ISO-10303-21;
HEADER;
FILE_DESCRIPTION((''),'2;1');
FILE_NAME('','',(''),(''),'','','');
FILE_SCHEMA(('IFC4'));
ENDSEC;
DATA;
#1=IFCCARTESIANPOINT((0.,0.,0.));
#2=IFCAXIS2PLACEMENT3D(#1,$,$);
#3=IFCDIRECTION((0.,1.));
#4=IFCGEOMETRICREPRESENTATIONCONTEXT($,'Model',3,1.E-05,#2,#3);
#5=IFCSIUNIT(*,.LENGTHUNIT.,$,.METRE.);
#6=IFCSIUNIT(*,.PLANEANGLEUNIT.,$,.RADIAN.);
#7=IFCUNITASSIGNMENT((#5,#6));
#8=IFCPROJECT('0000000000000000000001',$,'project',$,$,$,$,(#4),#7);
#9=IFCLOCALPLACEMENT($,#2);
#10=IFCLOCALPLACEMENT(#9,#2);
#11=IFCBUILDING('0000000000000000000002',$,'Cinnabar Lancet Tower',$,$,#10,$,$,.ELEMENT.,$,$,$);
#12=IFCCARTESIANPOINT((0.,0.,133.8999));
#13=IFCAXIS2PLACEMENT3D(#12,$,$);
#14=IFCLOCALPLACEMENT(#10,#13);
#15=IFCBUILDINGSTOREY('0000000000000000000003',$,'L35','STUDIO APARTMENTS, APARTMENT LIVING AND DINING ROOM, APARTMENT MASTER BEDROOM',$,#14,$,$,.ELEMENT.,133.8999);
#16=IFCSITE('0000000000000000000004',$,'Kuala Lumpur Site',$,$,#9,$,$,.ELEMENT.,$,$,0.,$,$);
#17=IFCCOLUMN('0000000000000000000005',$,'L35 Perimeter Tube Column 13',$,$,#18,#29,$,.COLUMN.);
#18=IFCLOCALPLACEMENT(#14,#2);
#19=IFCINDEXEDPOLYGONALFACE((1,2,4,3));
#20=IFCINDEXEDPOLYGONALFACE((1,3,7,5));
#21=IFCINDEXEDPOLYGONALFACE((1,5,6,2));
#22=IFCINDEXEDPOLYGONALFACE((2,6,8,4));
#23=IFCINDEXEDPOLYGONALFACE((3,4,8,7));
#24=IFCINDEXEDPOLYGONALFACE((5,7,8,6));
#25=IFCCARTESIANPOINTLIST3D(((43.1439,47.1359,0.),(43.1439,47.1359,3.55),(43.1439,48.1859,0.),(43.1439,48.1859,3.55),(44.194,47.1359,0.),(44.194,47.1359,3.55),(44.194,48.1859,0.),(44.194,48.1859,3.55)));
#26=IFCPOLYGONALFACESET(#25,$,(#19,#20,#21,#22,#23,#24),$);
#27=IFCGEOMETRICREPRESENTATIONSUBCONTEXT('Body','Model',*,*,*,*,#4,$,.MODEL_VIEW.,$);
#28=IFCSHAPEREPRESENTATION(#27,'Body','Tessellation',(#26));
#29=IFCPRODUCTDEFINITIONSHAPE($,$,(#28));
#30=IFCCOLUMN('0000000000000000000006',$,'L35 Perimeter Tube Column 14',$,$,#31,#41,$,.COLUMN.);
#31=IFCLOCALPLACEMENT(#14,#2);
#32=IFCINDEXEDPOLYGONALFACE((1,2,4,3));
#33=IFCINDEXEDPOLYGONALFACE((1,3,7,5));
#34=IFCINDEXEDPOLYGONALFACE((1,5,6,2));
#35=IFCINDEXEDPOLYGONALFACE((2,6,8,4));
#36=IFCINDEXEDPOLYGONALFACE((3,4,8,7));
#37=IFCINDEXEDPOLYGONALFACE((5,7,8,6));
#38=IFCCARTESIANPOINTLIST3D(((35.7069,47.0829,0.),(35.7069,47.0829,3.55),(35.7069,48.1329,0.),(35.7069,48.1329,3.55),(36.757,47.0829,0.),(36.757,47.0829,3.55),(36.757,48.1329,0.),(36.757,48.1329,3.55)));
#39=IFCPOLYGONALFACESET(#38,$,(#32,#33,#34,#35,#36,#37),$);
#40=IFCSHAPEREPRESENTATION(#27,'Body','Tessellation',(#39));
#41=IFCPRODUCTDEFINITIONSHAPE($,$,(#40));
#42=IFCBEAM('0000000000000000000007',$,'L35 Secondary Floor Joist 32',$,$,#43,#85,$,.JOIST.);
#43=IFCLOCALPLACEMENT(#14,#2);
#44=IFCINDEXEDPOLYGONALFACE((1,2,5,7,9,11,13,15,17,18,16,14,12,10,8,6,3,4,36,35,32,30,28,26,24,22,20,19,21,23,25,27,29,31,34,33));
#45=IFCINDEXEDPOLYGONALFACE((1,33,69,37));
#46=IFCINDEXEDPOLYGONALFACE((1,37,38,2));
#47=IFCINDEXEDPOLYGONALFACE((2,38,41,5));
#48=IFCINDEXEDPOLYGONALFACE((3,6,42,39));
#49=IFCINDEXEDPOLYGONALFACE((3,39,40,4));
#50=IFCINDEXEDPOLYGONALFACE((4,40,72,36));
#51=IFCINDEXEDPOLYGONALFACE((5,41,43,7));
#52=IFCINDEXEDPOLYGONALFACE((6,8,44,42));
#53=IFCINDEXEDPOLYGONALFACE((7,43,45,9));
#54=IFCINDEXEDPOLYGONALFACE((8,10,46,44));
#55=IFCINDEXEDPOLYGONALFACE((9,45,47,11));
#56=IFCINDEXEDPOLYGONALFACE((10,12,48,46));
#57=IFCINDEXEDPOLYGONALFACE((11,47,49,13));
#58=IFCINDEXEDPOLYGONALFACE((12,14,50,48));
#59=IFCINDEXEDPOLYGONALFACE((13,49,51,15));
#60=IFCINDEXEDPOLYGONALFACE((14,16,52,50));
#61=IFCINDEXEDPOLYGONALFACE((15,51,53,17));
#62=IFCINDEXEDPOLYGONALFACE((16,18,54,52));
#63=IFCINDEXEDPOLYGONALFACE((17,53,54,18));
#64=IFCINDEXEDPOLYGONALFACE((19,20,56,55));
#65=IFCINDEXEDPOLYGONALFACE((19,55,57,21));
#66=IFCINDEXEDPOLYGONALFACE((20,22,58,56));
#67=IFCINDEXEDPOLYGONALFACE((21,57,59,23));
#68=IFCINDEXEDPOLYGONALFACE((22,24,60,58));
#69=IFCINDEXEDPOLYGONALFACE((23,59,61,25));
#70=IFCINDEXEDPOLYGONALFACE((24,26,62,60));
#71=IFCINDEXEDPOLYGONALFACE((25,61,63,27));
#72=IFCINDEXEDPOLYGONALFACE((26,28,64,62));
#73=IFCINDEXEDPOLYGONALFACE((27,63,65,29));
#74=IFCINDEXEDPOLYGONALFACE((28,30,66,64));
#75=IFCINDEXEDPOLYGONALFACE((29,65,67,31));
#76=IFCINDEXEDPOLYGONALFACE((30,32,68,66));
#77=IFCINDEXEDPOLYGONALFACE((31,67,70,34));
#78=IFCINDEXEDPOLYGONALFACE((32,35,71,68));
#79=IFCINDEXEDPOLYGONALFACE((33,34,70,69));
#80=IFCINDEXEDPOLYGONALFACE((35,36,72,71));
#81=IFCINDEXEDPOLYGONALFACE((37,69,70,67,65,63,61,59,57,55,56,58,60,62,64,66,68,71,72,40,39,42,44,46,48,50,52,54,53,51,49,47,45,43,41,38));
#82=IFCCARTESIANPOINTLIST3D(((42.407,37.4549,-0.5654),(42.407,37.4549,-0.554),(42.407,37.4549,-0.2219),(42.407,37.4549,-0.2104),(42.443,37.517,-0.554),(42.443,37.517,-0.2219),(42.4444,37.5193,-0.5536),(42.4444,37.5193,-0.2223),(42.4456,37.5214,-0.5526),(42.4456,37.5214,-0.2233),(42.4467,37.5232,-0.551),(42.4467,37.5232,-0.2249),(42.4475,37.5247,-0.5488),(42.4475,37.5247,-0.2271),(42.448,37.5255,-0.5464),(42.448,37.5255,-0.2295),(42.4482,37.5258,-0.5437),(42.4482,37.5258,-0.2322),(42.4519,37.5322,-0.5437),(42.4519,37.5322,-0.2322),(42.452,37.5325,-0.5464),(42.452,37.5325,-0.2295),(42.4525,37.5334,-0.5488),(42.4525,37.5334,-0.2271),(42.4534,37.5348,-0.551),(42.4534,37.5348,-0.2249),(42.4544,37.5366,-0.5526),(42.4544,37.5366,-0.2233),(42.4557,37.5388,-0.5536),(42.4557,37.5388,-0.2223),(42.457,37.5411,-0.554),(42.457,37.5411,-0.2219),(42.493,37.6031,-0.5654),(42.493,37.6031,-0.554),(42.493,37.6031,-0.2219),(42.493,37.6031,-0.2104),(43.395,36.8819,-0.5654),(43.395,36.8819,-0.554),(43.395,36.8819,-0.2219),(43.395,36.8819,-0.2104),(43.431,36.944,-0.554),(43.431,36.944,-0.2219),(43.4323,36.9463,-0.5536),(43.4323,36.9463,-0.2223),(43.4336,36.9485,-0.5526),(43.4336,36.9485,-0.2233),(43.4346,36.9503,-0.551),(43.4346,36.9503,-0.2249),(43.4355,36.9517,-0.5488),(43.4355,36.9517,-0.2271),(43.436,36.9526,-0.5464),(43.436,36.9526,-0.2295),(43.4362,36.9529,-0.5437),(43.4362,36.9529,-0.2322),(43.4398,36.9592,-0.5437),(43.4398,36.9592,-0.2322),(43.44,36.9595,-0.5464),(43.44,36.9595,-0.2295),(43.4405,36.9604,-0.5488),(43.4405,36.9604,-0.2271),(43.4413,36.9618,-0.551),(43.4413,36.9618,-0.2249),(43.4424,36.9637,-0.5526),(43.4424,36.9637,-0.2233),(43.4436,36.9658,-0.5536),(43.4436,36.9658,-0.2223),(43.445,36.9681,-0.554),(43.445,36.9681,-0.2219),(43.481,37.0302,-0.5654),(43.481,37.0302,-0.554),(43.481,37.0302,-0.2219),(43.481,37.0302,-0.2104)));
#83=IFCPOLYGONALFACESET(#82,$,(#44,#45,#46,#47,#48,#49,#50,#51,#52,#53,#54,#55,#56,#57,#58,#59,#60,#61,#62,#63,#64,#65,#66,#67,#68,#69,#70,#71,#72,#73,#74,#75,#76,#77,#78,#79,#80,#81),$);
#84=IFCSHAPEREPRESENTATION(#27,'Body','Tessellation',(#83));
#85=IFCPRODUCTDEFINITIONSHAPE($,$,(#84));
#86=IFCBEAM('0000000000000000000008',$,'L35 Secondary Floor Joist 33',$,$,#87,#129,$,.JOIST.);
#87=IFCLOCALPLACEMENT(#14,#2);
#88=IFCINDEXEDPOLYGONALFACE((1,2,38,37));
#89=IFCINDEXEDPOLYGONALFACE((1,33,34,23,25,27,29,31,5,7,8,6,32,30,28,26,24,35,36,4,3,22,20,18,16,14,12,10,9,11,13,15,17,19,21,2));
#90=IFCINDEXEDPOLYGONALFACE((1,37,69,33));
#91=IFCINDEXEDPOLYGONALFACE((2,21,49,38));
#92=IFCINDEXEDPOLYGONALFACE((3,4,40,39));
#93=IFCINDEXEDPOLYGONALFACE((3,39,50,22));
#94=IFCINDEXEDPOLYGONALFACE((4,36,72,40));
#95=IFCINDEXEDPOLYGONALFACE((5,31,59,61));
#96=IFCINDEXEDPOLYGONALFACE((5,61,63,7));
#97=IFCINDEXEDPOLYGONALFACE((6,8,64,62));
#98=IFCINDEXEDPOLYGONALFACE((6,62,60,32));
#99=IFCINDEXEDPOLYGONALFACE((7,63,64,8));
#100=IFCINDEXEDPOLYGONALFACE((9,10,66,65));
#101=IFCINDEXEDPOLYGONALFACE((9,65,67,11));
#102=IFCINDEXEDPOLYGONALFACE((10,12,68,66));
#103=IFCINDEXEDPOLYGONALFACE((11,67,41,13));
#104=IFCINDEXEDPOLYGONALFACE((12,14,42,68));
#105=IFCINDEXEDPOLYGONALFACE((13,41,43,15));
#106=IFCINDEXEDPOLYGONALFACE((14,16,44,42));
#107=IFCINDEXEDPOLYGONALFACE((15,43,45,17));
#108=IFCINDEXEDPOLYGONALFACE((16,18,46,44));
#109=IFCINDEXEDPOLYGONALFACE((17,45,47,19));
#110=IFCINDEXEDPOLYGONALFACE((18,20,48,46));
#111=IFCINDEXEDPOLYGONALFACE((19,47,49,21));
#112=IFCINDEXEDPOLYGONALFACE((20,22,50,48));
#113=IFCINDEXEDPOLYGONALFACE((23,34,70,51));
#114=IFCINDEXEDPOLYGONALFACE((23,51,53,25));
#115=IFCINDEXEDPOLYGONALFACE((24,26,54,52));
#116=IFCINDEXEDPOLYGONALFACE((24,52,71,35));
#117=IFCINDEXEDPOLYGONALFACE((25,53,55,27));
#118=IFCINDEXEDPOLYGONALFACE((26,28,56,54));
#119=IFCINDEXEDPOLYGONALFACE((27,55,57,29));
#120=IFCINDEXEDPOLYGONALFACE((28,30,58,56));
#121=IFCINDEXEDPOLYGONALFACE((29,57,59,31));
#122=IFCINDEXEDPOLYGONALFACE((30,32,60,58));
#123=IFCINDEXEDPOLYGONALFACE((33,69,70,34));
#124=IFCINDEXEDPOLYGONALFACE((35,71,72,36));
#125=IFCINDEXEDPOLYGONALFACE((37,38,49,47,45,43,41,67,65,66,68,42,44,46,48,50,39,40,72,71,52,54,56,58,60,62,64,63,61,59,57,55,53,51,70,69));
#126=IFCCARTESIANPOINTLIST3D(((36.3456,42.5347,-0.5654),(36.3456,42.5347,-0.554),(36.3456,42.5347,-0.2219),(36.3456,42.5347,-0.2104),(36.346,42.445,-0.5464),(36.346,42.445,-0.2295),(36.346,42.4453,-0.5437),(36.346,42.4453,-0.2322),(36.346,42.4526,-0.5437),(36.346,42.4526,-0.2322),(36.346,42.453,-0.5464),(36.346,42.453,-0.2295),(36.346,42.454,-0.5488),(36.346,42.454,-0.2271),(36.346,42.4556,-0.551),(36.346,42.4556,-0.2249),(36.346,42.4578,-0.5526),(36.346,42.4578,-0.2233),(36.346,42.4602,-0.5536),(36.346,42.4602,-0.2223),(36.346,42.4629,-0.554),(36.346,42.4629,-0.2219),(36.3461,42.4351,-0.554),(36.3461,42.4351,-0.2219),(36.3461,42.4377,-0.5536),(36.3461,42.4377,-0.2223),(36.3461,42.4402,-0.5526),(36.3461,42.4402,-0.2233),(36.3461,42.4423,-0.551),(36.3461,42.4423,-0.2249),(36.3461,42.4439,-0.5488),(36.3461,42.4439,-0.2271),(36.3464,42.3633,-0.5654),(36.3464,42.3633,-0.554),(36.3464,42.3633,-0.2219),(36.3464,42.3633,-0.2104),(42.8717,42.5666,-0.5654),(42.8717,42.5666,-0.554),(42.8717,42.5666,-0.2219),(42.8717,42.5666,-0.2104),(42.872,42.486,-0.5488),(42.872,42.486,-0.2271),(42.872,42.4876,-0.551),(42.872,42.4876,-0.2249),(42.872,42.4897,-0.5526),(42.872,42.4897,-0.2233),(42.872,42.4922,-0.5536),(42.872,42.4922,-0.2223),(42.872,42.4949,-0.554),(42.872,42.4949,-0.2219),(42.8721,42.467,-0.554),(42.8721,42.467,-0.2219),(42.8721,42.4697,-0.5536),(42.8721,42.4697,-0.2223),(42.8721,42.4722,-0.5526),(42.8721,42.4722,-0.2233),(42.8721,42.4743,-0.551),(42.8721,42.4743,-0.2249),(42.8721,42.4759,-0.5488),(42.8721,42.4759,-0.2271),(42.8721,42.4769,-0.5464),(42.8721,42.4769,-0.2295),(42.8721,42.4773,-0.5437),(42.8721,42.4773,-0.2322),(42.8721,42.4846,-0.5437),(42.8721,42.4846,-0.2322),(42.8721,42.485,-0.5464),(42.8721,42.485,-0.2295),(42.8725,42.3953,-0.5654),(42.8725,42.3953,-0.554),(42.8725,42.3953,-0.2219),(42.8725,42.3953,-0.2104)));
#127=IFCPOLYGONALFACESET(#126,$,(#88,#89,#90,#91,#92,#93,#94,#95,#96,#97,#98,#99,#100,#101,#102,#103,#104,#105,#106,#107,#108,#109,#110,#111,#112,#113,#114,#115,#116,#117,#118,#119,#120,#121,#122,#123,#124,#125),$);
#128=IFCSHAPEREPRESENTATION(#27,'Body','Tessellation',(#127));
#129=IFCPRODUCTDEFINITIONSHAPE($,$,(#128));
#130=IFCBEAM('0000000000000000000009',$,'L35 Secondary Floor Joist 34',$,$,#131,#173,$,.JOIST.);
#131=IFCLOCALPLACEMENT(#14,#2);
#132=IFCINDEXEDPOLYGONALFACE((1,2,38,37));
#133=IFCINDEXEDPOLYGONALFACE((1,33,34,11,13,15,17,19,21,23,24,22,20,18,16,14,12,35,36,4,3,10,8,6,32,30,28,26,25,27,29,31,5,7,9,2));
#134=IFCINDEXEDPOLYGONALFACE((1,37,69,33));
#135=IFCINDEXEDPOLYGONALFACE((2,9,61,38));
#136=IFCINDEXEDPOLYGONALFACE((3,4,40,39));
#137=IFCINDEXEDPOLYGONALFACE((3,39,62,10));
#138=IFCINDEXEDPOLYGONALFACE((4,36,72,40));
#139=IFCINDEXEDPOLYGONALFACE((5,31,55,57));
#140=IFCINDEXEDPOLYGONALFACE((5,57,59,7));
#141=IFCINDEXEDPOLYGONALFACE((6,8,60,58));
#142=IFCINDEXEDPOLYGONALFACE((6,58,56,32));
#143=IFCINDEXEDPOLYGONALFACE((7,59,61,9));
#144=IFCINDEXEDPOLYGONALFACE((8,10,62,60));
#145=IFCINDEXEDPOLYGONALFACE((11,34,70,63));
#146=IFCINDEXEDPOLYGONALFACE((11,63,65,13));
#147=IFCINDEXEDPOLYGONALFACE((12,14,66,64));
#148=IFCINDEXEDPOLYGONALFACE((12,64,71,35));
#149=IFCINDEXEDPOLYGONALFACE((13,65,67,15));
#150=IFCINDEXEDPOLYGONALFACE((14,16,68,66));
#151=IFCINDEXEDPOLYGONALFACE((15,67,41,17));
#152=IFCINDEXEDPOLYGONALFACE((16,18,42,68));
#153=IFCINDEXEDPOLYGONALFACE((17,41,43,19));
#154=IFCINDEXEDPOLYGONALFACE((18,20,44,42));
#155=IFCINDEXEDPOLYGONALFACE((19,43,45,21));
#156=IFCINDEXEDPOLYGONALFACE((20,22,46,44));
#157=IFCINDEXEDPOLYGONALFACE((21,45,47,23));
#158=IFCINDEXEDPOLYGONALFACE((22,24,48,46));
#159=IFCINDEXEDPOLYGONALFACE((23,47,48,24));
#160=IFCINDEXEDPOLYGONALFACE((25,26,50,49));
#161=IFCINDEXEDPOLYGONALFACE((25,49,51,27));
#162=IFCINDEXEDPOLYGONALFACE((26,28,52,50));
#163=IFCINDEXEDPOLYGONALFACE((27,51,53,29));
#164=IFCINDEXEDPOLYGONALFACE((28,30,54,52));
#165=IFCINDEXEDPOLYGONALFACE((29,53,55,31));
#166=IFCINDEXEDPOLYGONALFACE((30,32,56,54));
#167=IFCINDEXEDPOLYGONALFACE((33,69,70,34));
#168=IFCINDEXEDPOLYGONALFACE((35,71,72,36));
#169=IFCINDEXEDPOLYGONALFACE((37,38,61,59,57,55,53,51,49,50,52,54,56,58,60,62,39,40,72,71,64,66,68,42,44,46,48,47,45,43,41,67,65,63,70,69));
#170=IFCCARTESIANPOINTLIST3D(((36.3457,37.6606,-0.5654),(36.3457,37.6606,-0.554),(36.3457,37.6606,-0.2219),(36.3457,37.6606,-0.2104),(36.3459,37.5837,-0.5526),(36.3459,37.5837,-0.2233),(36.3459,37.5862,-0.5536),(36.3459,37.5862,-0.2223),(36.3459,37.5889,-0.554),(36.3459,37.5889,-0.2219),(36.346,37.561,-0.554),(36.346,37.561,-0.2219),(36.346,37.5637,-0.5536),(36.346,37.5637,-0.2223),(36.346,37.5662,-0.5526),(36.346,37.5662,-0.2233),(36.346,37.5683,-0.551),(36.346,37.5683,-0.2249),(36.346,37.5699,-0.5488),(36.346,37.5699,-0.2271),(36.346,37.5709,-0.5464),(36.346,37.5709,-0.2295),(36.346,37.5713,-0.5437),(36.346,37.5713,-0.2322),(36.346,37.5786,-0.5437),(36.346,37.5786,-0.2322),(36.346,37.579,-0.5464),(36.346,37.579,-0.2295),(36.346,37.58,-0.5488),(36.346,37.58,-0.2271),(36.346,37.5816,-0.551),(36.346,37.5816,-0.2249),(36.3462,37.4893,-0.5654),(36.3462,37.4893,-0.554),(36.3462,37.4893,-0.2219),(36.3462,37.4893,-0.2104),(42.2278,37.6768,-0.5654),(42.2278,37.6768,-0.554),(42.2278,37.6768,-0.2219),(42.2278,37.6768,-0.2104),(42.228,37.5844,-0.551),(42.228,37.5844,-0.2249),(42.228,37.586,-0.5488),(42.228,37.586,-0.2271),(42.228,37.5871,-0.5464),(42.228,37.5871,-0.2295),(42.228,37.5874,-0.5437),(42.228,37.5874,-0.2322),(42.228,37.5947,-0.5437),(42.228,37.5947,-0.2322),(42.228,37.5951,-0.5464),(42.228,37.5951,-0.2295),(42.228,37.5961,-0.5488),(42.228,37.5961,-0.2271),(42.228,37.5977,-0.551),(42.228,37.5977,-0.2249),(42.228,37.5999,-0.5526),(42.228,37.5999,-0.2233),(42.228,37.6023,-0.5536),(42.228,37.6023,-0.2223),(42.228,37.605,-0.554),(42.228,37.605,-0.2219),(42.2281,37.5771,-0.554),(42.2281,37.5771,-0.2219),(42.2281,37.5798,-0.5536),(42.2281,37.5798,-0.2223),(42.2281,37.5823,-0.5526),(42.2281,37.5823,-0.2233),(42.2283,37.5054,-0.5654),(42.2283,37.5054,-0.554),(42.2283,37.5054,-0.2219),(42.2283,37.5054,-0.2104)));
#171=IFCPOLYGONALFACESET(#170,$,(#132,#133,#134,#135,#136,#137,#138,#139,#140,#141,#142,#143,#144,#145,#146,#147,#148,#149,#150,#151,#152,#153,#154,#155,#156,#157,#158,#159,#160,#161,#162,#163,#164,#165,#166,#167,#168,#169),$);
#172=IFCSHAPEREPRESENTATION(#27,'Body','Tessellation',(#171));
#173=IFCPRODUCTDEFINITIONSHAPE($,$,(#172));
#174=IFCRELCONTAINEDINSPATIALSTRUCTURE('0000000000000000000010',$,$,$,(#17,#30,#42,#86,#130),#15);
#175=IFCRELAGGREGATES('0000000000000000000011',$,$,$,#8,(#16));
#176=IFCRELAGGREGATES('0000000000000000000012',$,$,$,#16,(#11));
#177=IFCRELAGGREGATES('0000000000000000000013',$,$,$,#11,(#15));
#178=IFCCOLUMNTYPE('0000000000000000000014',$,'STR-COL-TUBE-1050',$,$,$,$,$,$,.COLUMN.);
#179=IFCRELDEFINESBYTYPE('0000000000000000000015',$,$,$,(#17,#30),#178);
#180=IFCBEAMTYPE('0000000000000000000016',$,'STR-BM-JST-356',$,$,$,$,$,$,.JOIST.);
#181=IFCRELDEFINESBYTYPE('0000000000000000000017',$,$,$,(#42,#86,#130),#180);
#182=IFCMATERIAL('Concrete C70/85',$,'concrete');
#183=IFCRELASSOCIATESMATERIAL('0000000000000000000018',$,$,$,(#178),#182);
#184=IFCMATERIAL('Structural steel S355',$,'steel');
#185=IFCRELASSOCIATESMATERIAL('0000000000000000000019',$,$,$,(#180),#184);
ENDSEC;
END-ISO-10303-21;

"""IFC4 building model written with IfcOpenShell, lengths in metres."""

from ifc_helpers import new_model, si_unit, direction, frame, origin, origin_2d, place, context, subcontext, project, spatial, rectangle, i_section, extrude, material, material_profile, profile_set, type_object, element, save


model = new_model("IFC4")

# Units and contexts
model_context = context("Model", 3, precision=1e-05, world=origin(), true_north=direction((0.0, 1.0)))
body_context = subcontext(model_context, "Body", "Model", "MODEL_VIEW")
ifc_project = project(units=[si_unit("LENGTHUNIT", "METRE"), si_unit("PLANEANGLEUNIT", "RADIAN")], contexts=[model_context])

# Site, building, storey
site_placement = place(None, origin())
site = spatial("IfcSite", under=ifc_project, at=site_placement, Name="Kuala Lumpur Site", CompositionType="ELEMENT", RefElevation=0.0)
building_placement = place(site_placement, origin())
building = spatial("IfcBuilding", under=site, at=building_placement, Name="Cinnabar Lancet Tower", CompositionType="ELEMENT")
storey_placement = place(building_placement, frame((0.0, 0.0, 133.8999)))
storey = spatial("IfcBuildingStorey", under=building, at=storey_placement, Name="L35", Description="STUDIO APARTMENTS, APARTMENT LIVING AND DINING ROOM, APARTMENT MASTER BEDROOM", CompositionType="ELEMENT", Elevation=133.8999)

# Columns
ifc_material_1 = material(Name="Concrete C70/85", Category="concrete")
ifc_material_profile_1 = material_profile(ifc_material_1, rectangle(XDim=1.05, YDim=1.05, at=origin_2d()), Name="RC-COL 1050x1050")
ifc_profile_set_1 = profile_set([ifc_material_profile_1], Name="Concrete C70/85")
column_type = type_object("IfcColumnType", Name="STR-COL-TUBE-1050", PredefinedType="COLUMN", material=ifc_profile_set_1)
for number, where, z_axis, x_axis, name in (
    (1, (43.6689, 47.6609, 0.0), (0.0, 0.0, 1.0), (1.0, 0.0, 0.0), "L35 Perimeter Tube Column 13"),
    (2, (36.2319, 47.6079, 0.0), (0.0, 0.0, 1.0), (1.0, 0.0, 0.0), "L35 Perimeter Tube Column 14"),
):
    element("IfcColumn", number, at=place(storey_placement, frame(where, z_axis=z_axis, x_axis=x_axis)), inside=storey, type_object=column_type, Name=name, PredefinedType="COLUMN", context=body_context, shape_type="SweptSolid", body=[
        extrude(rectangle(XDim=1.05, YDim=1.05, at=origin_2d()), origin(), (0.0, 0.0, 1.0), 3.55),
    ])

# Beams
ifc_material_2 = material(Name="Structural steel S355", Category="steel")
ifc_material_profile_2 = material_profile(ifc_material_2, i_section(OverallWidth=0.1714, OverallDepth=0.355, WebThickness=0.0073, FlangeThickness=0.0115, FilletRadius=0.0103, at=origin_2d()), Name="UKB 356x171x51")
ifc_profile_set_2 = profile_set([ifc_material_profile_2], Name="Structural steel S355")
beam_type_1 = type_object("IfcBeamType", Name="STR-BM-JST-356", PredefinedType="JOIST", material=ifc_profile_set_2)
beam_1_placement = place(storey_placement, frame((43.438, 36.9561, -0.3879), z_axis=(-0.865055, 0.501677, 0.0), x_axis=(-0.501677, -0.865055, 0.0)))
element("IfcBeam", 3, at=beam_1_placement, inside=storey, type_object=beam_type_1, Name="L35 Secondary Floor Joist 32", PredefinedType="JOIST", context=body_context, shape_type="SweptSolid", body=[
    extrude(i_section(OverallWidth=0.1714, OverallDepth=0.355, WebThickness=0.0073, FlangeThickness=0.0115, FilletRadius=0.0103, at=origin_2d()), origin(), (0.0, 0.0, 1.0), 1.1421),
])
beam_2_placement = place(storey_placement, frame((42.8721, 42.481, -0.3879), z_axis=(-0.999988, -0.004901, 0.0), x_axis=(0.004901, -0.999988, 0.0)))
element("IfcBeam", 4, at=beam_2_placement, inside=storey, type_object=beam_type_1, Name="L35 Secondary Floor Joist 33", PredefinedType="JOIST", context=body_context, shape_type="SweptSolid", body=[
    extrude(i_section(OverallWidth=0.1714, OverallDepth=0.355, WebThickness=0.0073, FlangeThickness=0.0115, FilletRadius=0.0103, at=origin_2d()), origin(), (0.0, 0.0, 1.0), 6.5261),
])
beam_3_placement = place(storey_placement, frame((42.228, 37.5911, -0.3879), z_axis=(-0.999996, -0.002739, 0.0), x_axis=(0.002739, -0.999996, 0.0)))
element("IfcBeam", 5, at=beam_3_placement, inside=storey, type_object=beam_type_1, Name="L35 Secondary Floor Joist 34", PredefinedType="JOIST", context=body_context, shape_type="SweptSolid", body=[
    extrude(i_section(OverallWidth=0.1714, OverallDepth=0.355, WebThickness=0.0073, FlangeThickness=0.0115, FilletRadius=0.0103, at=origin_2d()), origin(), (0.0, 0.0, 1.0), 5.8821),
])

save(model, "model.ifc")
